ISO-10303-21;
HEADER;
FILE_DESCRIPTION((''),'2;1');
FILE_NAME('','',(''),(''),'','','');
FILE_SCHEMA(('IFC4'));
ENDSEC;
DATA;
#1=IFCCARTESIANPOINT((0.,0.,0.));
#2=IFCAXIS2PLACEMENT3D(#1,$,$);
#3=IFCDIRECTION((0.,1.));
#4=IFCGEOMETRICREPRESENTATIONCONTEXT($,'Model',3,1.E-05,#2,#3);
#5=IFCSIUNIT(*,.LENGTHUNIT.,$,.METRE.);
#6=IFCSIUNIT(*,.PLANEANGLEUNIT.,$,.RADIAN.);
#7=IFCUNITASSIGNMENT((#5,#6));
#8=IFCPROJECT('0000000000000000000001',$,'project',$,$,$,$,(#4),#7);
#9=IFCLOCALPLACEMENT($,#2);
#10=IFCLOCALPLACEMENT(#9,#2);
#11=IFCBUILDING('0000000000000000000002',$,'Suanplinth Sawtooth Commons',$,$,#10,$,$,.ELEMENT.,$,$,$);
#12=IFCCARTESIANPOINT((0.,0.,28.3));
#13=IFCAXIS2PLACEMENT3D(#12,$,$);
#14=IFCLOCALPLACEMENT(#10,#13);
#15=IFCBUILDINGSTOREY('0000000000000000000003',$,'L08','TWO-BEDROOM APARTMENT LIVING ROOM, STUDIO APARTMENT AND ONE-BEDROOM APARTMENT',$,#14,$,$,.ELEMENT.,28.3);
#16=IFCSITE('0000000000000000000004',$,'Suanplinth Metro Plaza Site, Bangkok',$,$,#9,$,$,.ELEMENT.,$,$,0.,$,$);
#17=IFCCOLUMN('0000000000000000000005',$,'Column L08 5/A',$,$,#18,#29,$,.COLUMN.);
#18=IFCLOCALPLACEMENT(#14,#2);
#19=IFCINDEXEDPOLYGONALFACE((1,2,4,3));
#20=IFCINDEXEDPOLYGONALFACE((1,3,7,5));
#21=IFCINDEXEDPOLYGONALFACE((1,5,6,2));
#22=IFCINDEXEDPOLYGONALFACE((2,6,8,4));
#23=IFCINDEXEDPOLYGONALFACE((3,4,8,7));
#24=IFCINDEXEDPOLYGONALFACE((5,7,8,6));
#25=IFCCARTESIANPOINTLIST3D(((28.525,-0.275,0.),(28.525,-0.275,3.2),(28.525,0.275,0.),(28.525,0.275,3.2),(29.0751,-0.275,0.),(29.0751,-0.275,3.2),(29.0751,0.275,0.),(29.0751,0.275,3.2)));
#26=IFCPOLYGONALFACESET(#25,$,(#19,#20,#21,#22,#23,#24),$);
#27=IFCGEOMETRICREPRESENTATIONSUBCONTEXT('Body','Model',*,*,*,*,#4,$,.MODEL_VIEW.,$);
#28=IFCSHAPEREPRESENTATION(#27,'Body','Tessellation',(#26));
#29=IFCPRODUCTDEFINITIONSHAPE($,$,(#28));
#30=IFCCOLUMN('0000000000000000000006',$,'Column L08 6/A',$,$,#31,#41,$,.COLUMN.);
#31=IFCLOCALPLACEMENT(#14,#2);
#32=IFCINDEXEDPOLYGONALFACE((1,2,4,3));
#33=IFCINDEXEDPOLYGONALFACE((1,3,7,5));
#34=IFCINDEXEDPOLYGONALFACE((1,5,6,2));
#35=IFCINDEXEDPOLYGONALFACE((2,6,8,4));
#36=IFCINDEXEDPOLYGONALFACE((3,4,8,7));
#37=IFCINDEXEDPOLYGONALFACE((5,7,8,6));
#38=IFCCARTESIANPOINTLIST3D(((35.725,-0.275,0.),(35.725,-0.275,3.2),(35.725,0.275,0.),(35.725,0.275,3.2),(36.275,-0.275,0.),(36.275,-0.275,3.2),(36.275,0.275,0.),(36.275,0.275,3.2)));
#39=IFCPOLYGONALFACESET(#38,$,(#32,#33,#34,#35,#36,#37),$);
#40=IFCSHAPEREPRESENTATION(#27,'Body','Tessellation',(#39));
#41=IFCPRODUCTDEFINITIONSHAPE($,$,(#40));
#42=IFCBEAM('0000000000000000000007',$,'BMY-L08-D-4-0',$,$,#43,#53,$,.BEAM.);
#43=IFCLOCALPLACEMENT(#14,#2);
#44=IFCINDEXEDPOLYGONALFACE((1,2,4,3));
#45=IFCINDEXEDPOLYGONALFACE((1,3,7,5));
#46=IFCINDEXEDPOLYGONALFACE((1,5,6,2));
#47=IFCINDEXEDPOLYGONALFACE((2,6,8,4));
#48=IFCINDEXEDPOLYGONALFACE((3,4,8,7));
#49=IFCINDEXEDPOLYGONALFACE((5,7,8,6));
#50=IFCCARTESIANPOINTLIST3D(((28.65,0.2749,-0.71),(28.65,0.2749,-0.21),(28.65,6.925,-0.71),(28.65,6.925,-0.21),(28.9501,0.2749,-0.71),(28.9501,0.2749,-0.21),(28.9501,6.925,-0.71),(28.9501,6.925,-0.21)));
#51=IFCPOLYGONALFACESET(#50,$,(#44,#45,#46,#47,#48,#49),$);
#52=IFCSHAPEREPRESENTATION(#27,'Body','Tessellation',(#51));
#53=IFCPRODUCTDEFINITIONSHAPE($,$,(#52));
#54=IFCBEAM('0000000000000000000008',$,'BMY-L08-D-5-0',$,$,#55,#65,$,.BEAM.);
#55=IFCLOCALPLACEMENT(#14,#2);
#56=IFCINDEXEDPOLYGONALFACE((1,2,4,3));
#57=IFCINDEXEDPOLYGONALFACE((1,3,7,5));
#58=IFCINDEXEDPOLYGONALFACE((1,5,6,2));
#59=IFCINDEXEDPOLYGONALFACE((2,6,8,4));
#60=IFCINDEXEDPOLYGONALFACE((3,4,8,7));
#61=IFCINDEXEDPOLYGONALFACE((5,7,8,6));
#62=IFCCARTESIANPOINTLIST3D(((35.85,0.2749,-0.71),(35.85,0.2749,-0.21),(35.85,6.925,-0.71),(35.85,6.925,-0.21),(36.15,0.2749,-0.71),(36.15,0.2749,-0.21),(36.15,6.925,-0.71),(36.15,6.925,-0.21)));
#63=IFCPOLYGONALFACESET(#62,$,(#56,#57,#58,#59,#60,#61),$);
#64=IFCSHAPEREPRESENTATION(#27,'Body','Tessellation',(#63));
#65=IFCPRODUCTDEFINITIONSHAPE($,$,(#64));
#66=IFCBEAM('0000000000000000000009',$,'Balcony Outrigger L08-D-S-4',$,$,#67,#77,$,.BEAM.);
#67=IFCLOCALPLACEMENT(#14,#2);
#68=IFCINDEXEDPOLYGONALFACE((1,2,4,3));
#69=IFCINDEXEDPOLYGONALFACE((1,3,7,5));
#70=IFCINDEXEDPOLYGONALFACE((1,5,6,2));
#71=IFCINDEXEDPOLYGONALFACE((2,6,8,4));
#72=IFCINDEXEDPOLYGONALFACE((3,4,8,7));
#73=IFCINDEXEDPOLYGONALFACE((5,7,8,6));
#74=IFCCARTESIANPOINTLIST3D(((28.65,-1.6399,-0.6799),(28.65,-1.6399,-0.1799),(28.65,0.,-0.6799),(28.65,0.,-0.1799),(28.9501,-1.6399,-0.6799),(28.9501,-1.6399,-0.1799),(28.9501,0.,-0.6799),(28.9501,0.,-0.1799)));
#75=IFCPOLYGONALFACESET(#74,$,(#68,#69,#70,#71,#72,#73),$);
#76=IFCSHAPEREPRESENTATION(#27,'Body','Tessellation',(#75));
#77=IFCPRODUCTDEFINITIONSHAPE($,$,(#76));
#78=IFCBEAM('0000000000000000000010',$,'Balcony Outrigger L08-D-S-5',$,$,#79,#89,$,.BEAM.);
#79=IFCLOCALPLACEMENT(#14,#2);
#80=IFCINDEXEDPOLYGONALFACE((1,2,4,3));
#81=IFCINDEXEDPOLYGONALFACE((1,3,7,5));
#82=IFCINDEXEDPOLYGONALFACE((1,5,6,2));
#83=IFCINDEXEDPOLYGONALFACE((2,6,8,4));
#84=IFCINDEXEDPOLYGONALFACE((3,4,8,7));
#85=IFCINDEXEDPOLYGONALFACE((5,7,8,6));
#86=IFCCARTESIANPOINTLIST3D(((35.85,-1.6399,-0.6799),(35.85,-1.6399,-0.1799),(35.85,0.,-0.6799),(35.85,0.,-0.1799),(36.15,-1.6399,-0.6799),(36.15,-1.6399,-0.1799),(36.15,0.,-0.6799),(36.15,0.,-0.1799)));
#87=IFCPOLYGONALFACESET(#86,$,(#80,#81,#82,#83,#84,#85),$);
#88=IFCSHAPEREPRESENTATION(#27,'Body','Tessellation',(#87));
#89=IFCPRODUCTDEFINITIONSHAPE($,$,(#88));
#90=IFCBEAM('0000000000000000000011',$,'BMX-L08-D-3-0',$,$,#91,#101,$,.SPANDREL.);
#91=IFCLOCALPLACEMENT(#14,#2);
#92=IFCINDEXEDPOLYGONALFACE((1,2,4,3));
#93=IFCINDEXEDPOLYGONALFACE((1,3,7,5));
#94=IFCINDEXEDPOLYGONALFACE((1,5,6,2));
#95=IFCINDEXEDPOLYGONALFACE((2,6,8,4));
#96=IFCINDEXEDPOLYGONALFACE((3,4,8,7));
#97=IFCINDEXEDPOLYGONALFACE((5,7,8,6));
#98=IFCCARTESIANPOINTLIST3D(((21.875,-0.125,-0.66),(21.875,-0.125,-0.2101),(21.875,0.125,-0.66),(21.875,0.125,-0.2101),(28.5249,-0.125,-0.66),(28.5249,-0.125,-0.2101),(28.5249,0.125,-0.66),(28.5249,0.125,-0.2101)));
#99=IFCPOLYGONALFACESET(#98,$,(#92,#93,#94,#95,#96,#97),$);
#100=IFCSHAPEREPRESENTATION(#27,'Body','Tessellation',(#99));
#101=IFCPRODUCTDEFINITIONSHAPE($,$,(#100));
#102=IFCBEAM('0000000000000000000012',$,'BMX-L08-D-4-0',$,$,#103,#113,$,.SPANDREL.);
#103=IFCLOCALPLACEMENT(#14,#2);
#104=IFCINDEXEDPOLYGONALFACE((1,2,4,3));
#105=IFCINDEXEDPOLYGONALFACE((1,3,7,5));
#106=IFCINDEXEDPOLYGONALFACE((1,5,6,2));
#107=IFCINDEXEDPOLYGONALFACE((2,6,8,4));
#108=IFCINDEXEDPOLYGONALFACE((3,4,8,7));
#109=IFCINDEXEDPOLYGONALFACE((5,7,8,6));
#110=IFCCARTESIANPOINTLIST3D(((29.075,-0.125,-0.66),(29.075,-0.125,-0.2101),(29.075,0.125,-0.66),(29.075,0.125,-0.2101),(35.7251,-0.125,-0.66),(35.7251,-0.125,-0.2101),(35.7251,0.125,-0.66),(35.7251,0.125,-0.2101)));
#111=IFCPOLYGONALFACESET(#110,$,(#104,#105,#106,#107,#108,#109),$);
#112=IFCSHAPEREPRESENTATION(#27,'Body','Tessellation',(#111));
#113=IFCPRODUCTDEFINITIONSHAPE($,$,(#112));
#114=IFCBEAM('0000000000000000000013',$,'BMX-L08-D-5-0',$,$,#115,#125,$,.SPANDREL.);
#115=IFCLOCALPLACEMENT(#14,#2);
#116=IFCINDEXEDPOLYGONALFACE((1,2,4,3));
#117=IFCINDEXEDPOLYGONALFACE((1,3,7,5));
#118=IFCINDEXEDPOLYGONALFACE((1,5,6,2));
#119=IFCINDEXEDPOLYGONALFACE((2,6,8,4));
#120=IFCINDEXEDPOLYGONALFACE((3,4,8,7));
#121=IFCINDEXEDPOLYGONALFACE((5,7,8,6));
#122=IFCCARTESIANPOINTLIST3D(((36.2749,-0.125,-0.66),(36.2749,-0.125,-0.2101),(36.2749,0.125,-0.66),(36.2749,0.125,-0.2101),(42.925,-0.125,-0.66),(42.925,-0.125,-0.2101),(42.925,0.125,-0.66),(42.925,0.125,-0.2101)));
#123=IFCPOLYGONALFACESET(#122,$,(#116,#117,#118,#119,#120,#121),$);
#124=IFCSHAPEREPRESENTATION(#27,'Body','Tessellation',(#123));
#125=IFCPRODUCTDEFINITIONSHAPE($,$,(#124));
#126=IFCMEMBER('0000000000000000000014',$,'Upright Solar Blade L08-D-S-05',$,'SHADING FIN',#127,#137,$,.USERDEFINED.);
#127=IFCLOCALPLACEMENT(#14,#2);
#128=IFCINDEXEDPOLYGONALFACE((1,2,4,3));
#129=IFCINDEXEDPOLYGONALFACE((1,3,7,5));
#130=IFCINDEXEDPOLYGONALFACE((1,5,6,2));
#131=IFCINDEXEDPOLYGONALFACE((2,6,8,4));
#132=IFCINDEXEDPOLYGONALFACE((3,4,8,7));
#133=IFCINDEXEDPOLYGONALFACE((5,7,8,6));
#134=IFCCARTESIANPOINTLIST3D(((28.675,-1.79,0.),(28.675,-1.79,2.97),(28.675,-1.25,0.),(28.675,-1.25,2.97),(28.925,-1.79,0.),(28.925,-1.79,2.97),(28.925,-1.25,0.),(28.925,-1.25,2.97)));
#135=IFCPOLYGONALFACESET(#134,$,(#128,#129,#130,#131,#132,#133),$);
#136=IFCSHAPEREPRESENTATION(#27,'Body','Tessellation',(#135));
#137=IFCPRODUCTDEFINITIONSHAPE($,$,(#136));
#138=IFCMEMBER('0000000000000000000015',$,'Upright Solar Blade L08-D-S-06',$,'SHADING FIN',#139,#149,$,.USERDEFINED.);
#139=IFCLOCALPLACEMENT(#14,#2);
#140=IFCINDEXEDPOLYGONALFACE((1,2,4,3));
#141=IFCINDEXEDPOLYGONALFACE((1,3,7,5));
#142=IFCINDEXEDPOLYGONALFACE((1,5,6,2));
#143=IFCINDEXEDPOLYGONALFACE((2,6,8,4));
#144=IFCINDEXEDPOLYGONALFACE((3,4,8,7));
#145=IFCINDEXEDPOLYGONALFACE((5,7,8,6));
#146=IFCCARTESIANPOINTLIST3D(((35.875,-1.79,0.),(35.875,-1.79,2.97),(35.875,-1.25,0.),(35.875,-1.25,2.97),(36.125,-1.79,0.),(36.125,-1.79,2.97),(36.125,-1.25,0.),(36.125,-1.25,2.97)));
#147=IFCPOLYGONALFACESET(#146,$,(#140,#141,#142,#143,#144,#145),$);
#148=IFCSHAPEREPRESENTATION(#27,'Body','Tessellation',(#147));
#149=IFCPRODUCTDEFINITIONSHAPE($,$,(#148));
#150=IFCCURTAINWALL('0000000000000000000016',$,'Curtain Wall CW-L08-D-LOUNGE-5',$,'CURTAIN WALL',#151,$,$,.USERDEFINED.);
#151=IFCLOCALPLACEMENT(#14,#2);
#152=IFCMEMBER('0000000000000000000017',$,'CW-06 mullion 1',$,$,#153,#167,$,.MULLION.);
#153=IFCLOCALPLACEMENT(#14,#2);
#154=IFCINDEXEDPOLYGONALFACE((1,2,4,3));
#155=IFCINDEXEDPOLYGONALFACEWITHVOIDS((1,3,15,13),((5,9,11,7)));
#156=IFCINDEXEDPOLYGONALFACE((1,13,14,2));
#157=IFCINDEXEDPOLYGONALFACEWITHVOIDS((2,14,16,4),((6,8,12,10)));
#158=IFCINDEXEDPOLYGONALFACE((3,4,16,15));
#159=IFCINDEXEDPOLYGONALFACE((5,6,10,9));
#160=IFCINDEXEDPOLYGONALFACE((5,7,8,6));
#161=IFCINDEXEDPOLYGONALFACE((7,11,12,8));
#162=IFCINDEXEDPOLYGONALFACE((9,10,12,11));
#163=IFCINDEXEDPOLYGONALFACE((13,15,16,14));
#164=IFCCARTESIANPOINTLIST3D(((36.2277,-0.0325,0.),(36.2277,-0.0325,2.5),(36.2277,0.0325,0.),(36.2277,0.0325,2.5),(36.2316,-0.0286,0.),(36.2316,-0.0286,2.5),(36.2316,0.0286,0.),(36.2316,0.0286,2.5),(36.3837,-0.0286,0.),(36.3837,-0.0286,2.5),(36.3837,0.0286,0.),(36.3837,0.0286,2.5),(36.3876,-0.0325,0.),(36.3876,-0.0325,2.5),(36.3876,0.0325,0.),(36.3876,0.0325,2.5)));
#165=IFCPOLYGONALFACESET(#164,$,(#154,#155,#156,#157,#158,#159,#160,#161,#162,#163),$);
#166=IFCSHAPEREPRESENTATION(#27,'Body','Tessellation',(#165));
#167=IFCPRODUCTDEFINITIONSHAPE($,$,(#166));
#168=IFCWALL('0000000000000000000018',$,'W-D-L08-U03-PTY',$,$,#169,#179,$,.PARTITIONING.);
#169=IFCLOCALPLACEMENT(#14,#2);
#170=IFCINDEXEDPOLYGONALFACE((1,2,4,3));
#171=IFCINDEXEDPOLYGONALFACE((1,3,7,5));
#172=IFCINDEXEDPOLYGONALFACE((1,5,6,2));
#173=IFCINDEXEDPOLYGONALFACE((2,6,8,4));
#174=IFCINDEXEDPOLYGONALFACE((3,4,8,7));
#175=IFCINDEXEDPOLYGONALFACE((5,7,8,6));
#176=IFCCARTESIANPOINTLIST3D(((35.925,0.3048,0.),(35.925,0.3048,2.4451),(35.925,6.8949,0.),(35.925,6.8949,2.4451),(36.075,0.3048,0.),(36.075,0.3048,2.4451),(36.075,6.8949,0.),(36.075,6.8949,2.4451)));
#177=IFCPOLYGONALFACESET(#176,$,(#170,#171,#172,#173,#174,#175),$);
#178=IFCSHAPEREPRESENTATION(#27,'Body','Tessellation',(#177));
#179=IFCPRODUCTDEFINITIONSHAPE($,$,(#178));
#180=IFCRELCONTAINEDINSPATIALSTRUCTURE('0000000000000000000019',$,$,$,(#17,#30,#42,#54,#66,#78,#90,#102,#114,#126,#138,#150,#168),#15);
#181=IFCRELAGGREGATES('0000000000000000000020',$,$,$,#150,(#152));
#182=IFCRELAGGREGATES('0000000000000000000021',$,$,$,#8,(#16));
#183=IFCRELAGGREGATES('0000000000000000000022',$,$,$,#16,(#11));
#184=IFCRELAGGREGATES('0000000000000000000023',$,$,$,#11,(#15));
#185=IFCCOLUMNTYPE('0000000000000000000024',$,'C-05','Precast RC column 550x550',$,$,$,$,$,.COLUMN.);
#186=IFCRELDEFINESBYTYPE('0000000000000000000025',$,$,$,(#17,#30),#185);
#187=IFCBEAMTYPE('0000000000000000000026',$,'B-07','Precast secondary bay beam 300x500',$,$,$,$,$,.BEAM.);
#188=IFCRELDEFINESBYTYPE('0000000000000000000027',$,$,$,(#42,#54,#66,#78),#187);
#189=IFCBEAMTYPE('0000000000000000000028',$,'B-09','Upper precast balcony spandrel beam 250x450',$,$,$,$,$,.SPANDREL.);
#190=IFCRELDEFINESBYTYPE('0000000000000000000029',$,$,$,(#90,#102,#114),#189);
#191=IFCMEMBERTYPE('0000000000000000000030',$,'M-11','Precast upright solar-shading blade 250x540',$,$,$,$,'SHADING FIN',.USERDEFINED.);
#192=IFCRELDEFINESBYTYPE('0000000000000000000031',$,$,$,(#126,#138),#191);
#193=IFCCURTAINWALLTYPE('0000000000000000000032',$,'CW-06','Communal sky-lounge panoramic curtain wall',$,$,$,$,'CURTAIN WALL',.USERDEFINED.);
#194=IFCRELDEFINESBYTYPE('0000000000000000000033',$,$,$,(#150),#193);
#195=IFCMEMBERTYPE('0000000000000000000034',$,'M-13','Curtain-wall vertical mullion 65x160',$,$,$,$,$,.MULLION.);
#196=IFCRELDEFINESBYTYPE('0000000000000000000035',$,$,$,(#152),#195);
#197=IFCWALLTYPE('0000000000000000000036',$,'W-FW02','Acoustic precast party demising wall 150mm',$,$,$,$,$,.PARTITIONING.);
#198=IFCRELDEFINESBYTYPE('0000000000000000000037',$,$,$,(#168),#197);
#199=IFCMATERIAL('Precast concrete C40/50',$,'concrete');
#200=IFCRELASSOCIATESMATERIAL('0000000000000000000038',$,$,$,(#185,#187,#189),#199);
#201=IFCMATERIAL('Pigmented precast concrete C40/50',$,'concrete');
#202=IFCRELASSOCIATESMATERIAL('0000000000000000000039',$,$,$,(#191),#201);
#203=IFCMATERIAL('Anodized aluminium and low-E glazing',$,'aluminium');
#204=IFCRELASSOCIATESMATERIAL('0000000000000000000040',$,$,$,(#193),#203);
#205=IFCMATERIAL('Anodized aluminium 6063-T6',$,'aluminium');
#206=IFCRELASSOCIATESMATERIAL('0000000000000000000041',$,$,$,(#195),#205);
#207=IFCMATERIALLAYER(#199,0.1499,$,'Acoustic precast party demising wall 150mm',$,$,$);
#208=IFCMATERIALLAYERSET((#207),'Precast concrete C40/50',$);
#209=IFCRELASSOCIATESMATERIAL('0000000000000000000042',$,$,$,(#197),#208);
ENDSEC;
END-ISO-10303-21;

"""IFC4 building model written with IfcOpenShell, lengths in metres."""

from ifc_helpers import new_model, si_unit, direction, frame, frame_2d, origin, origin_2d, place, context, subcontext, project, spatial, rectangle, hollow_rectangle, extrude, material, layer, layer_set, material_profile, profile_set, type_object, element, aggregate, save


model = new_model("IFC4")

# Units and contexts
model_context = context("Model", 3, precision=1e-05, world=origin(), true_north=direction((0.0, 1.0)))
body_context = subcontext(model_context, "Body", "Model", "MODEL_VIEW")
ifc_project = project(units=[si_unit("LENGTHUNIT", "METRE"), si_unit("PLANEANGLEUNIT", "RADIAN")], contexts=[model_context])

# Site, building, storey
site_placement = place(None, origin())
site = spatial("IfcSite", under=ifc_project, at=site_placement, Name="Suanplinth Metro Plaza Site, Bangkok", CompositionType="ELEMENT", RefElevation=0.0)
building_placement = place(site_placement, origin())
building = spatial("IfcBuilding", under=site, at=building_placement, Name="Suanplinth Sawtooth Commons", CompositionType="ELEMENT")
storey_placement = place(building_placement, frame((0.0, 0.0, 28.3)))
storey = spatial("IfcBuildingStorey", under=building, at=storey_placement, Name="L08", Description="TWO-BEDROOM APARTMENT LIVING ROOM, STUDIO APARTMENT AND ONE-BEDROOM APARTMENT", CompositionType="ELEMENT", Elevation=28.3)

# Columns
ifc_material_1 = material(Name="Precast concrete C40/50", Category="concrete")
ifc_material_profile_1 = material_profile(ifc_material_1, rectangle(XDim=0.55, YDim=0.55, at=origin_2d()), Name="PC-COL 550x550")
ifc_profile_set_1 = profile_set([ifc_material_profile_1], Name="Precast concrete C40/50")
column_type = type_object("IfcColumnType", Name="C-05", Description="Precast RC column 550x550", PredefinedType="COLUMN", material=ifc_profile_set_1)
for number, where, z_axis, x_axis, name in (
    (1, (28.8, 0.0, 0.0), (0.0, 0.0, 1.0), (1.0, 0.0, 0.0), "Column L08 5/A"),
    (2, (36.0, 0.0, 0.0), (0.0, 0.0, 1.0), (1.0, 0.0, 0.0), "Column L08 6/A"),
):
    element("IfcColumn", number, at=place(storey_placement, frame(where, z_axis=z_axis, x_axis=x_axis)), inside=storey, type_object=column_type, Name=name, PredefinedType="COLUMN", context=body_context, shape_type="SweptSolid", body=[
        extrude(rectangle(XDim=0.55, YDim=0.55, at=origin_2d()), origin(), (0.0, 0.0, 1.0), 3.2),
    ])

# Beams
ifc_material_profile_2 = material_profile(ifc_material_1, rectangle(XDim=0.3, YDim=0.5, at=origin_2d()), Name="PC-BM 300x500")
ifc_profile_set_2 = profile_set([ifc_material_profile_2], Name="Precast concrete C40/50")
beam_type_1 = type_object("IfcBeamType", Name="B-07", Description="Precast secondary bay beam 300x500", PredefinedType="BEAM", material=ifc_profile_set_2)
for number, where, z_axis, x_axis, name in (
    (3, (28.8, 0.2749, -0.46), (0.0, 1.0, 0.0), (-1.0, 0.0, 0.0), "BMY-L08-D-4-0"),
    (4, (36.0, 0.2749, -0.46), (0.0, 1.0, 0.0), (-1.0, 0.0, 0.0), "BMY-L08-D-5-0"),
):
    element("IfcBeam", number, at=place(storey_placement, frame(where, z_axis=z_axis, x_axis=x_axis)), inside=storey, type_object=beam_type_1, Name=name, PredefinedType="BEAM", context=body_context, shape_type="SweptSolid", body=[
        extrude(rectangle(XDim=0.3, YDim=0.5, at=origin_2d()), origin(), (0.0, 0.0, 1.0), 6.6501),
    ])
for number, where, z_axis, x_axis, name in (
    (5, (28.8, 0.0, -0.4299), (0.0, -1.0, 0.0), (1.0, 0.0, 0.0), "Balcony Outrigger L08-D-S-4"),
    (6, (36.0, 0.0, -0.4299), (0.0, -1.0, 0.0), (1.0, 0.0, 0.0), "Balcony Outrigger L08-D-S-5"),
):
    element("IfcBeam", number, at=place(storey_placement, frame(where, z_axis=z_axis, x_axis=x_axis)), inside=storey, type_object=beam_type_1, Name=name, PredefinedType="BEAM", context=body_context, shape_type="SweptSolid", body=[
        extrude(rectangle(XDim=0.3, YDim=0.5, at=origin_2d()), origin(), (0.0, 0.0, 1.0), 1.6399),
    ])
ifc_material_profile_3 = material_profile(ifc_material_1, rectangle(XDim=0.25, YDim=0.45, at=origin_2d()), Name="PC-SP 250x450")
ifc_profile_set_3 = profile_set([ifc_material_profile_3], Name="Precast concrete C40/50")
beam_type_2 = type_object("IfcBeamType", Name="B-09", Description="Upper precast balcony spandrel beam 250x450", PredefinedType="SPANDREL", material=ifc_profile_set_3)
beam_placement = place(storey_placement, frame((21.875, 0.0, -0.4351), z_axis=(1.0, 0.0, 0.0), x_axis=(0.0, 1.0, 0.0)))
element("IfcBeam", 7, at=beam_placement, inside=storey, type_object=beam_type_2, Name="BMX-L08-D-3-0", PredefinedType="SPANDREL", context=body_context, shape_type="SweptSolid", body=[
    extrude(rectangle(XDim=0.25, YDim=0.45, at=origin_2d()), origin(), (0.0, 0.0, 1.0), 6.6499),
])
for number, where, z_axis, x_axis, name in (
    (8, (29.075, 0.0, -0.4351), (1.0, 0.0, 0.0), (0.0, 1.0, 0.0), "BMX-L08-D-4-0"),
    (9, (36.2749, 0.0, -0.4351), (1.0, 0.0, 0.0), (0.0, 1.0, 0.0), "BMX-L08-D-5-0"),
):
    element("IfcBeam", number, at=place(storey_placement, frame(where, z_axis=z_axis, x_axis=x_axis)), inside=storey, type_object=beam_type_2, Name=name, PredefinedType="SPANDREL", context=body_context, shape_type="SweptSolid", body=[
        extrude(rectangle(XDim=0.25, YDim=0.45, at=origin_2d()), origin(), (0.0, 0.0, 1.0), 6.6501),
    ])

# Members
ifc_material_2 = material(Name="Pigmented precast concrete C40/50", Category="concrete")
ifc_material_profile_4 = material_profile(ifc_material_2, rectangle(XDim=0.25, YDim=0.54, at=origin_2d()), Name="PC-FIN 250x540")
ifc_profile_set_4 = profile_set([ifc_material_profile_4], Name="Pigmented precast concrete C40/50")
member_type_1 = type_object("IfcMemberType", Name="M-11", Description="Precast upright solar-shading blade 250x540", ElementType="SHADING FIN", PredefinedType="USERDEFINED", material=ifc_profile_set_4)
for number, where, z_axis, x_axis, name in (
    (10, (28.8, -1.52, 0.0), (0.0, 0.0, 1.0), (1.0, 0.0, 0.0), "Upright Solar Blade L08-D-S-05"),
    (11, (36.0, -1.52, 0.0), (0.0, 0.0, 1.0), (1.0, 0.0, 0.0), "Upright Solar Blade L08-D-S-06"),
):
    element("IfcMember", number, at=place(storey_placement, frame(where, z_axis=z_axis, x_axis=x_axis)), inside=storey, type_object=member_type_1, Name=name, ObjectType="SHADING FIN", PredefinedType="USERDEFINED", context=body_context, shape_type="SweptSolid", body=[
        extrude(rectangle(XDim=0.25, YDim=0.54, at=origin_2d()), origin(), (0.0, 0.0, 1.0), 2.97),
    ])

# Curtain wall, member
ifc_material_3 = material(Name="Anodized aluminium and low-E glazing", Category="aluminium")
curtain_wall_type = type_object("IfcCurtainWallType", Name="CW-06", Description="Communal sky-lounge panoramic curtain wall", ElementType="CURTAIN WALL", PredefinedType="USERDEFINED", material=ifc_material_3)
curtain_wall_placement = place(storey_placement, origin())
curtain_wall = element("IfcCurtainWall", 12, at=curtain_wall_placement, inside=storey, type_object=curtain_wall_type, Name="Curtain Wall CW-L08-D-LOUNGE-5", ObjectType="CURTAIN WALL", PredefinedType="USERDEFINED")
ifc_material_4 = material(Name="Anodized aluminium 6063-T6", Category="aluminium")
ifc_material_profile_5 = material_profile(ifc_material_4, hollow_rectangle(XDim=0.0649, YDim=0.1599, WallThickness=0.0039, at=origin_2d()), Name="ALU-MUL 65x160")
ifc_profile_set_5 = profile_set([ifc_material_profile_5], Name="Anodized aluminium 6063-T6")
member_type_2 = type_object("IfcMemberType", Name="M-13", Description="Curtain-wall vertical mullion 65x160", PredefinedType="MULLION", material=ifc_profile_set_5)
member_placement = place(storey_placement, frame((36.3076, 0.0, 0.0), z_axis=(0.0, 0.0, 1.0), x_axis=(0.0, 1.0, 0.0)))
member = element("IfcMember", 13, at=member_placement, type_object=member_type_2, Name="CW-06 mullion 1", PredefinedType="MULLION", context=body_context, shape_type="SweptSolid", body=[
    extrude(hollow_rectangle(XDim=0.0649, YDim=0.1599, WallThickness=0.0039, at=origin_2d()), origin(), (0.0, 0.0, 1.0), 2.5),
])
aggregate(curtain_wall, [member])

# Wall
ifc_layer_1 = layer(ifc_material_1, 0.1499, Name="Acoustic precast party demising wall 150mm")
ifc_layer_set_1 = layer_set([ifc_layer_1], Name="Precast concrete C40/50")
wall_type_1 = type_object("IfcWallType", Name="W-FW02", Description="Acoustic precast party demising wall 150mm", PredefinedType="PARTITIONING", material=ifc_layer_set_1)
wall_1_placement = place(storey_placement, frame((36.0, 0.3049, 0.0), z_axis=(0.0, 0.0, 1.0), x_axis=(0.0, 1.0, 0.0)))
element("IfcWall", 14, at=wall_1_placement, inside=storey, type_object=wall_type_1, Name="W-D-L08-U03-PTY", PredefinedType="PARTITIONING", context=body_context, shape_type="SweptSolid", body=[
    extrude(rectangle(XDim=6.5901, YDim=0.1499, at=frame_2d((3.2949, 0.0))), origin(), (0.0, 0.0, 1.0), 2.4451),
])

save(model, "model.ifc")
